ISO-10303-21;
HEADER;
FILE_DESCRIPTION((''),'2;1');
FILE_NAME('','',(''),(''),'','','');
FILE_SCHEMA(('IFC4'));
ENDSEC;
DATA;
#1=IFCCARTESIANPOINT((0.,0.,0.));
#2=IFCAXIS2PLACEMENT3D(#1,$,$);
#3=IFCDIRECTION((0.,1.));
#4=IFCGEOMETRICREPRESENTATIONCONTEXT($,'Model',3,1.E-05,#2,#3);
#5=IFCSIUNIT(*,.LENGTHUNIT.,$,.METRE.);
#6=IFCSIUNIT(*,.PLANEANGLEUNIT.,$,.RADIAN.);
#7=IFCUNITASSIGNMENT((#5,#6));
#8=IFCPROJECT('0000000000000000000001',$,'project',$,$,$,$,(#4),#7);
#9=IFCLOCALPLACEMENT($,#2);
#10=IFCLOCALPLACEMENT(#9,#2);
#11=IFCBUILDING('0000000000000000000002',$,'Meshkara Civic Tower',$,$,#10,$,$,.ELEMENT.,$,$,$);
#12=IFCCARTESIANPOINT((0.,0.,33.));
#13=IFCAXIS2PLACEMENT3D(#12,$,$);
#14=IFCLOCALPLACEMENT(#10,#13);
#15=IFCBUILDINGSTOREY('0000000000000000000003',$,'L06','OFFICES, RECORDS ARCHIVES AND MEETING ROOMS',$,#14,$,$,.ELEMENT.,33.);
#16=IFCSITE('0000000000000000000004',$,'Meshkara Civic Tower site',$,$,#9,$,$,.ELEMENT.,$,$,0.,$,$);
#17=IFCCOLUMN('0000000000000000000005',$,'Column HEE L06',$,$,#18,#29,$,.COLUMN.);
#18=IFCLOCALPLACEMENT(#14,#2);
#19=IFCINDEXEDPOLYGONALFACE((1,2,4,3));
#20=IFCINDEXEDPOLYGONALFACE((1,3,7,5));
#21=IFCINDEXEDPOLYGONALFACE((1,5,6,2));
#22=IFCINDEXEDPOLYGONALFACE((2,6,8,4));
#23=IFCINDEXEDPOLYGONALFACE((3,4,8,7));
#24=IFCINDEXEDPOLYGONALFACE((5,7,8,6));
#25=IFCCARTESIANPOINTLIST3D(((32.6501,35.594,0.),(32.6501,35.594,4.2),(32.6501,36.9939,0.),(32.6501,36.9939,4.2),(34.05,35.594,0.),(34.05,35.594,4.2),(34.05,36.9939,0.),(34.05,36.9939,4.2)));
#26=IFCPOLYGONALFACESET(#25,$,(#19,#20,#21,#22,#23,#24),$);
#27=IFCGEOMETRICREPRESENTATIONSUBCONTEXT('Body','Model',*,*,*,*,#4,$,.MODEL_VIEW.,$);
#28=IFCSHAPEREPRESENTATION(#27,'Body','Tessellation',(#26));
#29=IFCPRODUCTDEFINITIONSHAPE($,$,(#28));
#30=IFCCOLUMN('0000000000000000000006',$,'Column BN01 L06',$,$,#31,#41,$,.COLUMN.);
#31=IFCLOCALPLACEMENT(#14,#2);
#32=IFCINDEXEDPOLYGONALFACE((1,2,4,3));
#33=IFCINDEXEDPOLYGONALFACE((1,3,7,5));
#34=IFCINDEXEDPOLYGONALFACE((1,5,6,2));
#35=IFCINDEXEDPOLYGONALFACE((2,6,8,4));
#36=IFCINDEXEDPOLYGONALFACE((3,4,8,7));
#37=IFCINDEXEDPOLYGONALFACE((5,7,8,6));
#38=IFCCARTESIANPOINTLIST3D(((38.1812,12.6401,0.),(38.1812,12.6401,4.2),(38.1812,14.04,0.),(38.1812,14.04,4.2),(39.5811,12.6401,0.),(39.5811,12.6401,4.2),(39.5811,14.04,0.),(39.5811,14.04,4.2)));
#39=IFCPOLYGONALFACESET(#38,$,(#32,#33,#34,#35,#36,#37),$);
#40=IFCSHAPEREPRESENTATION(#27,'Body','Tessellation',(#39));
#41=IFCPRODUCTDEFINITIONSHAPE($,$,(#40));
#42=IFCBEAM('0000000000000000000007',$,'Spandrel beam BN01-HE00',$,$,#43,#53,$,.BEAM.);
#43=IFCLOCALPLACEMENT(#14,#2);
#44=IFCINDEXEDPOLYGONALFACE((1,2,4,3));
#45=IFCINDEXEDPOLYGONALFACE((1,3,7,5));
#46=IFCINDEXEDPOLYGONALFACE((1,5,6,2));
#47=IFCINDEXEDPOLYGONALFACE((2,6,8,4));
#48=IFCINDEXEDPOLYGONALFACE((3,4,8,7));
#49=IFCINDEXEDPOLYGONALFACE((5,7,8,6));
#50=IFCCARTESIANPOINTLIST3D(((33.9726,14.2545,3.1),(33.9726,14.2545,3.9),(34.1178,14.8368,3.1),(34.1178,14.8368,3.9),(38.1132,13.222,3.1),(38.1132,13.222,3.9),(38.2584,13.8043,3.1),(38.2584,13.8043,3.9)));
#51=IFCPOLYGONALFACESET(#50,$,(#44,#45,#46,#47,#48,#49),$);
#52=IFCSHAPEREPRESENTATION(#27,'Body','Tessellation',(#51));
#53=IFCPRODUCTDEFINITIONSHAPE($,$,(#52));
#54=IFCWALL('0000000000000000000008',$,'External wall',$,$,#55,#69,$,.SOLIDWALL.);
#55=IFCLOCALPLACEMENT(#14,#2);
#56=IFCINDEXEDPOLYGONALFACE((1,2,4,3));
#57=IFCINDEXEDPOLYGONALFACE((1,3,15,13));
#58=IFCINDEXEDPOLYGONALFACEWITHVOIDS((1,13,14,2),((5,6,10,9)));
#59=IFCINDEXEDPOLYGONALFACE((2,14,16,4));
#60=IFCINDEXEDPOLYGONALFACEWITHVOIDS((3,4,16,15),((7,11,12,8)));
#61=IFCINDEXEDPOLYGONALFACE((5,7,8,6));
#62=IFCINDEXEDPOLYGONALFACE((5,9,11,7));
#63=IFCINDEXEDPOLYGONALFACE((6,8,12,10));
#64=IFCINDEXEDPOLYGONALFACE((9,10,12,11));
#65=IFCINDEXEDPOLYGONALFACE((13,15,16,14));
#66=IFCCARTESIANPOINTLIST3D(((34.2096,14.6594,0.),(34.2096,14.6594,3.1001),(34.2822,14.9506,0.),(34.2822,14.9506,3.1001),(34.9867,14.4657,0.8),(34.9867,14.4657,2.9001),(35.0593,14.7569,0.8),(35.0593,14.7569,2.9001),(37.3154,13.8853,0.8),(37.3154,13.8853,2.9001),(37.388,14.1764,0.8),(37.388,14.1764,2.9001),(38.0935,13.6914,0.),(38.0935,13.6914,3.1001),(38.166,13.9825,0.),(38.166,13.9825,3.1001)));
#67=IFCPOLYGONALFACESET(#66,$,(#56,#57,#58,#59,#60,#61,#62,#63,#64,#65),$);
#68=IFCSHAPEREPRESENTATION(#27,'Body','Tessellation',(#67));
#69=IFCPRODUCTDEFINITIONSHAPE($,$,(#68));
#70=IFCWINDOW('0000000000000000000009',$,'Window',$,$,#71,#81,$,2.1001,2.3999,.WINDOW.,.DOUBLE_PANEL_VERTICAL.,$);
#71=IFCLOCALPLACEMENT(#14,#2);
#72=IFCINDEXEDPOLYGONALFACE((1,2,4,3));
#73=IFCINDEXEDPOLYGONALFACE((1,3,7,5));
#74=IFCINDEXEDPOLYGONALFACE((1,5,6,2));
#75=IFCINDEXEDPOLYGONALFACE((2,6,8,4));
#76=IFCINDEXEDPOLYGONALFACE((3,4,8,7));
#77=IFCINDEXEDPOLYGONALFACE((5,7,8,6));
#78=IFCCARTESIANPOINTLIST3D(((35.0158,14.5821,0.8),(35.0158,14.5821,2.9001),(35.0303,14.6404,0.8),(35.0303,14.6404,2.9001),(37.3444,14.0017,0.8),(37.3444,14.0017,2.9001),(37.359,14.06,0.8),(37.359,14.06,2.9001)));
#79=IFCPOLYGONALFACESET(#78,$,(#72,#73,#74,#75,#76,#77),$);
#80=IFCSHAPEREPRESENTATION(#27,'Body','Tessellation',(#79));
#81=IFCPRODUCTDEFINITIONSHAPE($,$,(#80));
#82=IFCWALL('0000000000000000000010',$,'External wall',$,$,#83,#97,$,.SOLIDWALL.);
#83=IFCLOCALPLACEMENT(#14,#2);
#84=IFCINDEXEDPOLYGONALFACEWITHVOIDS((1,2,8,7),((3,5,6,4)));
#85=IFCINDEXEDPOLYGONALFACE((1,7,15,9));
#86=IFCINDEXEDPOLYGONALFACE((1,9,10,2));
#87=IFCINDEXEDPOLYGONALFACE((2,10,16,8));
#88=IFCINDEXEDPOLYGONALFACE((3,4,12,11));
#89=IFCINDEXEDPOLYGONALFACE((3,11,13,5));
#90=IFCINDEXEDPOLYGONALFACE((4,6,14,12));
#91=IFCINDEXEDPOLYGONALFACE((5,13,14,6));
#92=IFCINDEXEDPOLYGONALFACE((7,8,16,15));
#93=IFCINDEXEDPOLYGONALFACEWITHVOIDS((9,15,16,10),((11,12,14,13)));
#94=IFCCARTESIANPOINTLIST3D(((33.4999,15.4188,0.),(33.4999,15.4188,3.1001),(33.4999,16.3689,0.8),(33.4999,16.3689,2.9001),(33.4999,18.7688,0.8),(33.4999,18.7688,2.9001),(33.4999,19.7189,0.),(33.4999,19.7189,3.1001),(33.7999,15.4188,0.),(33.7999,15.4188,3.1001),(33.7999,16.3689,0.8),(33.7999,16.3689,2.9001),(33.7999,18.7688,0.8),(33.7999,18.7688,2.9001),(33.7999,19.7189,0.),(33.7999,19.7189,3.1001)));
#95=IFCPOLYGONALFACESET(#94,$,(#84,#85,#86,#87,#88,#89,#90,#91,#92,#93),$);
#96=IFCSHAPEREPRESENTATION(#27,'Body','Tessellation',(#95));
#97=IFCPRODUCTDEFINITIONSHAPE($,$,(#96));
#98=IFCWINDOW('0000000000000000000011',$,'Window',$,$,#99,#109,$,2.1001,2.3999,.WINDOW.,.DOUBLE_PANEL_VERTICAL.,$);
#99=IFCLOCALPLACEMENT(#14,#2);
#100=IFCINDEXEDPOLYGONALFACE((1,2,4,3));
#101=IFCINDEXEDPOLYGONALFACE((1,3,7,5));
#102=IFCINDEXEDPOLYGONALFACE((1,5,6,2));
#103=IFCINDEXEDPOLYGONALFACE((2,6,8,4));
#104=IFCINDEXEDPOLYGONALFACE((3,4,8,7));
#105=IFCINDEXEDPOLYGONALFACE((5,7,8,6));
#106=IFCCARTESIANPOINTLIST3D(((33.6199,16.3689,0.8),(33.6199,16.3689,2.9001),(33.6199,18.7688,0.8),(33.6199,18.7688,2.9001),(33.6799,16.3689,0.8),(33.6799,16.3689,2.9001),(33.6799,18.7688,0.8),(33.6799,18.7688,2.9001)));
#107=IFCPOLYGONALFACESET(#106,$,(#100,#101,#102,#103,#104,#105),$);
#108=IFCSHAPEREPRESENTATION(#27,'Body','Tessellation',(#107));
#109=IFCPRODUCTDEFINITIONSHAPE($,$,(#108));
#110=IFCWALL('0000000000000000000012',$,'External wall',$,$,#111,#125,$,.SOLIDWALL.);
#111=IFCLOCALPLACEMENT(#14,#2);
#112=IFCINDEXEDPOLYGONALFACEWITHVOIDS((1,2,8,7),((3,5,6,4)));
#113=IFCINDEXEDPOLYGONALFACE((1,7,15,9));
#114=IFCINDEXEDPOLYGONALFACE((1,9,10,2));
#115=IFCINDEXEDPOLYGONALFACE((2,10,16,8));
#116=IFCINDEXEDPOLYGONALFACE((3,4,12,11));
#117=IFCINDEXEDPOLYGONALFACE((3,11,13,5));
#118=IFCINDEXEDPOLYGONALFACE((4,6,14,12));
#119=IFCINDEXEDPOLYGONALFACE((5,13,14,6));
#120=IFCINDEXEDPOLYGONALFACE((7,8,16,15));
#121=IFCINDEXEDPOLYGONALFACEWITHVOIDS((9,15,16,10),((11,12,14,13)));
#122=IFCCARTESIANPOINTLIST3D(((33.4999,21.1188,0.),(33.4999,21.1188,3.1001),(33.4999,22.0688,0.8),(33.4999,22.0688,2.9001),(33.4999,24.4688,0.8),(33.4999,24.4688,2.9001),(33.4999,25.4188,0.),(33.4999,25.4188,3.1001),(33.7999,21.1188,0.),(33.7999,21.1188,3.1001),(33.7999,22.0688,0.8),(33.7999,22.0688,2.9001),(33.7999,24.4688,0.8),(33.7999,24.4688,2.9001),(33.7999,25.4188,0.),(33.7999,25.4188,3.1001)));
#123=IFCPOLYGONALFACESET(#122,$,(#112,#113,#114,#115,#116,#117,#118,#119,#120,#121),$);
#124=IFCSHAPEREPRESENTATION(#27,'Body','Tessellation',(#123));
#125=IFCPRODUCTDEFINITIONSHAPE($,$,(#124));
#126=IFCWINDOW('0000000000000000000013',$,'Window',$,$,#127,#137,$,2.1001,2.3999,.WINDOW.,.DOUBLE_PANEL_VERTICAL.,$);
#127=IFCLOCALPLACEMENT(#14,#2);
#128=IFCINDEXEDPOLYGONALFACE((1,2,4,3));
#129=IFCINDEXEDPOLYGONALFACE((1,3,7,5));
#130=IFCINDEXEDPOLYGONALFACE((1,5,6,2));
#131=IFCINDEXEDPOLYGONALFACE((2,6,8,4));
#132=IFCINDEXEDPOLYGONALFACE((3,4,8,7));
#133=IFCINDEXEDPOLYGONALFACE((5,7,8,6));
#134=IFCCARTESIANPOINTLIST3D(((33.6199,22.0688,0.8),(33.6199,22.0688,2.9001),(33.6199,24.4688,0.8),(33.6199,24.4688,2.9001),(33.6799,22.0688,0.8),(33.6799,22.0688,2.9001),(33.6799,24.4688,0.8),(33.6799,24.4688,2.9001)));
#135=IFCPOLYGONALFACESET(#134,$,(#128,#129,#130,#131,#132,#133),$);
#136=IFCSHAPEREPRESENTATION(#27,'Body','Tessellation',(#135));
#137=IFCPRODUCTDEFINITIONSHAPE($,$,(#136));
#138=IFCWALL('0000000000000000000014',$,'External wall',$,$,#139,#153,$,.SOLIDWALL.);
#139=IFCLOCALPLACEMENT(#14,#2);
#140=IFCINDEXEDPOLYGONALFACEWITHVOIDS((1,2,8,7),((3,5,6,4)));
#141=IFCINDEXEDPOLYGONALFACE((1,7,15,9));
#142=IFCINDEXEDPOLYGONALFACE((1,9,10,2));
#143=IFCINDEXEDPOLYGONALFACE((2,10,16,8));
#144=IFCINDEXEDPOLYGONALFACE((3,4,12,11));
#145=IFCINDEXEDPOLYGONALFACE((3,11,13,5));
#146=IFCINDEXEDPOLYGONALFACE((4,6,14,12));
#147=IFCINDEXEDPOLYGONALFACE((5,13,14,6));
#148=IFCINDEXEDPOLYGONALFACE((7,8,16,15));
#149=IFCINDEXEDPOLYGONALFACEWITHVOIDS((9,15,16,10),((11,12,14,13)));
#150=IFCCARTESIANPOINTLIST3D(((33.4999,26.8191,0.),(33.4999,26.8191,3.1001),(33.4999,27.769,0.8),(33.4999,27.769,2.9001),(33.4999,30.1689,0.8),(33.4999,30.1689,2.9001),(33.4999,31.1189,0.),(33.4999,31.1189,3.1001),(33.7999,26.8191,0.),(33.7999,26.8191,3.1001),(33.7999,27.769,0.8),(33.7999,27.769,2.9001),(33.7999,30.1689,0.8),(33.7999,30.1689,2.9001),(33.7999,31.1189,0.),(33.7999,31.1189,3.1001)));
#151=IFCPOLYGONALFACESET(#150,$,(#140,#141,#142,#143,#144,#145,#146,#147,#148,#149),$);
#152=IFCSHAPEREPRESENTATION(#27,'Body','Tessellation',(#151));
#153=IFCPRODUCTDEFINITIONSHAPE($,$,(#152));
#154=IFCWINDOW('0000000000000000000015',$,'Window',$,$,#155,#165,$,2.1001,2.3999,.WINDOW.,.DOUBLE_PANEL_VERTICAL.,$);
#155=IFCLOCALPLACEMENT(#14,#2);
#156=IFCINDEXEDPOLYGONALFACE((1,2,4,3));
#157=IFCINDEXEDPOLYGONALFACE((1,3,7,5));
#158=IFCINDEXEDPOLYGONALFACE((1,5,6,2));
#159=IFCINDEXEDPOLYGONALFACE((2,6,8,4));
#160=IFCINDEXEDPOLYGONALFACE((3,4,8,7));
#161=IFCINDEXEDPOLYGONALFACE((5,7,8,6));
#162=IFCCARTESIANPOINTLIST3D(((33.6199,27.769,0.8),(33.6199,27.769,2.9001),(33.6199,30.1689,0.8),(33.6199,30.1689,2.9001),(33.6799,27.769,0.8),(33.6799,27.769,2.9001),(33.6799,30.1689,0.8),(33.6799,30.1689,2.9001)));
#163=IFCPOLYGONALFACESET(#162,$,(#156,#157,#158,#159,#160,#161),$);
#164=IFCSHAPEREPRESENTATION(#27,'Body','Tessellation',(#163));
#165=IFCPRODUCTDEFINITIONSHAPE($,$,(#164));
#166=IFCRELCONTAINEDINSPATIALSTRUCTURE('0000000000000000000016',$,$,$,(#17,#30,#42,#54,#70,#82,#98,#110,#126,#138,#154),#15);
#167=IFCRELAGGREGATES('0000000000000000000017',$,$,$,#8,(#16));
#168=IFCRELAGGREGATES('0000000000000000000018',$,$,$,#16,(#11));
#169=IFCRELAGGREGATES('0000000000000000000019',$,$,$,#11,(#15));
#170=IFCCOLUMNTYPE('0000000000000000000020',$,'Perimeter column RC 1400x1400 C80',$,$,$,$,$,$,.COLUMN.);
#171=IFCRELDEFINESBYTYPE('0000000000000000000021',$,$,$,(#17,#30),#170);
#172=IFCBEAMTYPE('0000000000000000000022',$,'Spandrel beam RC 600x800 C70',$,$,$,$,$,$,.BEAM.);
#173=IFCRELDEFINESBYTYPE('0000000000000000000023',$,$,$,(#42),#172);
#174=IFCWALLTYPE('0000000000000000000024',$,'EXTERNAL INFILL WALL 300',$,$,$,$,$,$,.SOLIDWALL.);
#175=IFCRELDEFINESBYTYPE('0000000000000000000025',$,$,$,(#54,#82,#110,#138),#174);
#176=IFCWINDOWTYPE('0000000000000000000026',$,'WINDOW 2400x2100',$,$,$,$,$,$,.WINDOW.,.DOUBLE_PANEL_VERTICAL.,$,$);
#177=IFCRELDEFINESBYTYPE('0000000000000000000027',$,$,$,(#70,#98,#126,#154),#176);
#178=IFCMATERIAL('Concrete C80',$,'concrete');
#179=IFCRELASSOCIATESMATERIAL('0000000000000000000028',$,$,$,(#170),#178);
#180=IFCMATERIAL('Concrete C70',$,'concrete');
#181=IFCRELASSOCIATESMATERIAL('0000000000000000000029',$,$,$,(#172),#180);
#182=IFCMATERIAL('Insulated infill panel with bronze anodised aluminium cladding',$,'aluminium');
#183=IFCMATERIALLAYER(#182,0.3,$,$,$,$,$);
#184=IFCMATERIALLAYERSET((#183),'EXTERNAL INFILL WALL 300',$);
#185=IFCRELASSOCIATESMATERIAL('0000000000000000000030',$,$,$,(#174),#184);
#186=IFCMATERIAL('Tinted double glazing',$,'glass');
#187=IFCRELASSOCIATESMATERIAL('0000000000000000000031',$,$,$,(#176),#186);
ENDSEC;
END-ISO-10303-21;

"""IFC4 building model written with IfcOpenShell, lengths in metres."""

from ifc_helpers import new_model, si_unit, direction, frame, frame_2d, origin, origin_2d, place, context, subcontext, project, spatial, rectangle, extrude, material, layer, layer_set, material_profile, profile_set, type_object, element, fill, save


model = new_model("IFC4")

# Units and contexts
model_context = context("Model", 3, precision=1e-05, world=origin(), true_north=direction((0.0, 1.0)))
body_context = subcontext(model_context, "Body", "Model", "MODEL_VIEW")
ifc_project = project(units=[si_unit("LENGTHUNIT", "METRE"), si_unit("PLANEANGLEUNIT", "RADIAN")], contexts=[model_context])

# Site, building, storey
site_placement = place(None, origin())
site = spatial("IfcSite", under=ifc_project, at=site_placement, Name="Meshkara Civic Tower site", CompositionType="ELEMENT", RefElevation=0.0)
building_placement = place(site_placement, origin())
building = spatial("IfcBuilding", under=site, at=building_placement, Name="Meshkara Civic Tower", CompositionType="ELEMENT")
storey_placement = place(building_placement, frame((0.0, 0.0, 33.0)))
storey = spatial("IfcBuildingStorey", under=building, at=storey_placement, Name="L06", Description="OFFICES, RECORDS ARCHIVES AND MEETING ROOMS", CompositionType="ELEMENT", Elevation=33.0)

# Columns
ifc_material_1 = material(Name="Concrete C80", Category="concrete")
ifc_material_profile_1 = material_profile(ifc_material_1, rectangle(XDim=1.3999, YDim=1.3999, at=origin_2d()))
ifc_profile_set_1 = profile_set([ifc_material_profile_1], Name="Concrete C80")
column_type = type_object("IfcColumnType", Name="Perimeter column RC 1400x1400 C80", PredefinedType="COLUMN", material=ifc_profile_set_1)
for number, where, z_axis, x_axis, name in (
    (1, (33.3501, 36.2939, 0.0), (0.0, 0.0, 1.0), (1.0, 0.0, 0.0), "Column HEE L06"),
    (2, (38.8811, 13.3401, 0.0), (0.0, 0.0, 1.0), (1.0, 0.0, 0.0), "Column BN01 L06"),
):
    element("IfcColumn", number, at=place(storey_placement, frame(where, z_axis=z_axis, x_axis=x_axis)), inside=storey, type_object=column_type, Name=name, PredefinedType="COLUMN", context=body_context, shape_type="SweptSolid", body=[
        extrude(rectangle(XDim=1.3999, YDim=1.3999, at=origin_2d()), origin(), (0.0, 0.0, 1.0), 4.2),
    ])

# Beam
ifc_material_2 = material(Name="Concrete C70", Category="concrete")
ifc_material_profile_2 = material_profile(ifc_material_2, rectangle(XDim=0.6001, YDim=0.8, at=origin_2d()))
ifc_profile_set_2 = profile_set([ifc_material_profile_2], Name="Concrete C70")
beam_type = type_object("IfcBeamType", Name="Spandrel beam RC 600x800 C70", PredefinedType="BEAM", material=ifc_profile_set_2)
beam_placement = place(storey_placement, frame((38.1858, 13.5132, 3.5), z_axis=(-0.97029, 0.241943, 0.0), x_axis=(-0.241943, -0.97029, 0.0)))
element("IfcBeam", 3, at=beam_placement, inside=storey, type_object=beam_type, Name="Spandrel beam BN01-HE00", PredefinedType="BEAM", context=body_context, shape_type="SweptSolid", body=[
    extrude(rectangle(XDim=0.6001, YDim=0.8, at=origin_2d()), origin(), (0.0, 0.0, 1.0), 4.2673),
])

# Walls, openings, windows
ifc_material_3 = material(Name="Insulated infill panel with bronze anodised aluminium cladding", Category="aluminium")
ifc_layer_1 = layer(ifc_material_3, 0.3)
ifc_layer_set_1 = layer_set([ifc_layer_1], Name="EXTERNAL INFILL WALL 300")
wall_type_1 = type_object("IfcWallType", Name="EXTERNAL INFILL WALL 300", PredefinedType="SOLIDWALL", material=ifc_layer_set_1)
wall_1_placement = place(storey_placement, frame((38.1299, 13.8369, 0.0), z_axis=(0.0, 0.0, 1.0), x_axis=(-0.970314, 0.241847, 0.0)))
wall_1 = element("IfcWall", 4, at=wall_1_placement, inside=storey, type_object=wall_type_1, Name="External wall", PredefinedType="SOLIDWALL", context=body_context, shape_type="SweptSolid", body=[
    extrude(rectangle(XDim=4.0027, YDim=0.3, at=frame_2d((2.0015, 0.0))), origin(), (0.0, 0.0, 1.0), 3.1001),
])
opening_1_placement = place(wall_1_placement, frame((0.802, 0.0, 0.8)))
opening_1 = element("IfcOpeningElement", 5, at=opening_1_placement, cuts=wall_1, PredefinedType="OPENING", context=body_context, shape_type="SweptSolid", body=[
    extrude(rectangle(XDim=2.3999, YDim=2.1001, at=frame_2d((1.2, 1.05))), frame((0.0, 0.1599, 0.0), z_axis=(0.0, -1.0, 0.0), x_axis=(1.0, 0.0, 0.0)), (0.0, 0.0, 1.0), 0.3201),
])
ifc_material_4 = material(Name="Tinted double glazing", Category="glass")
window_type = type_object("IfcWindowType", Name="WINDOW 2400x2100", PartitioningType="DOUBLE_PANEL_VERTICAL", PredefinedType="WINDOW", material=ifc_material_4)
window_1_placement = place(opening_1_placement, origin())
window_1 = element("IfcWindow", 6, at=window_1_placement, inside=storey, type_object=window_type, Name="Window", OverallHeight=2.1001, OverallWidth=2.3999, PartitioningType="DOUBLE_PANEL_VERTICAL", PredefinedType="WINDOW", context=body_context, shape_type="SweptSolid", body=[
    extrude(rectangle(XDim=2.3999, YDim=2.1001, at=frame_2d((1.2, 1.05))), frame((0.0, 0.03, 0.0), z_axis=(0.0, -1.0, 0.0), x_axis=(1.0, 0.0, 0.0)), (0.0, 0.0, 1.0), 0.0601),
])
fill(opening_1, window_1)
wall_2_placement = place(storey_placement, frame((33.6499, 15.4189, 0.0), z_axis=(0.0, 0.0, 1.0), x_axis=(0.0, 1.0, 0.0)))
wall_2 = element("IfcWall", 7, at=wall_2_placement, inside=storey, type_object=wall_type_1, Name="External wall", PredefinedType="SOLIDWALL", context=body_context, shape_type="SweptSolid", body=[
    extrude(rectangle(XDim=4.3, YDim=0.3, at=frame_2d((2.1499, 0.0))), origin(), (0.0, 0.0, 1.0), 3.1001),
])
opening_2_placement = place(wall_2_placement, frame((0.95, 0.0, 0.8)))
opening_2 = element("IfcOpeningElement", 8, at=opening_2_placement, cuts=wall_2, PredefinedType="OPENING", context=body_context, shape_type="SweptSolid", body=[
    extrude(rectangle(XDim=2.3999, YDim=2.1001, at=frame_2d((1.2, 1.05))), frame((0.0, 0.1599, 0.0), z_axis=(0.0, -1.0, 0.0), x_axis=(1.0, 0.0, 0.0)), (0.0, 0.0, 1.0), 0.3201),
])
window_2_placement = place(opening_2_placement, origin())
window_2 = element("IfcWindow", 9, at=window_2_placement, inside=storey, type_object=window_type, Name="Window", OverallHeight=2.1001, OverallWidth=2.3999, PartitioningType="DOUBLE_PANEL_VERTICAL", PredefinedType="WINDOW", context=body_context, shape_type="SweptSolid", body=[
    extrude(rectangle(XDim=2.3999, YDim=2.1001, at=frame_2d((1.2, 1.05))), frame((0.0, 0.03, 0.0), z_axis=(0.0, -1.0, 0.0), x_axis=(1.0, 0.0, 0.0)), (0.0, 0.0, 1.0), 0.0601),
])
fill(opening_2, window_2)
wall_3_placement = place(storey_placement, frame((33.6499, 21.1189, 0.0), z_axis=(0.0, 0.0, 1.0), x_axis=(0.0, 1.0, 0.0)))
wall_3 = element("IfcWall", 10, at=wall_3_placement, inside=storey, type_object=wall_type_1, Name="External wall", PredefinedType="SOLIDWALL", context=body_context, shape_type="SweptSolid", body=[
    extrude(rectangle(XDim=4.3, YDim=0.3, at=frame_2d((2.1499, 0.0))), origin(), (0.0, 0.0, 1.0), 3.1001),
])
opening_3_placement = place(wall_3_placement, frame((0.95, 0.0, 0.8)))
opening_3 = element("IfcOpeningElement", 11, at=opening_3_placement, cuts=wall_3, PredefinedType="OPENING", context=body_context, shape_type="SweptSolid", body=[
    extrude(rectangle(XDim=2.3999, YDim=2.1001, at=frame_2d((1.2, 1.05))), frame((0.0, 0.1599, 0.0), z_axis=(0.0, -1.0, 0.0), x_axis=(1.0, 0.0, 0.0)), (0.0, 0.0, 1.0), 0.3201),
])
window_3_placement = place(opening_3_placement, origin())
window_3 = element("IfcWindow", 12, at=window_3_placement, inside=storey, type_object=window_type, Name="Window", OverallHeight=2.1001, OverallWidth=2.3999, PartitioningType="DOUBLE_PANEL_VERTICAL", PredefinedType="WINDOW", context=body_context, shape_type="SweptSolid", body=[
    extrude(rectangle(XDim=2.3999, YDim=2.1001, at=frame_2d((1.2, 1.05))), frame((0.0, 0.03, 0.0), z_axis=(0.0, -1.0, 0.0), x_axis=(1.0, 0.0, 0.0)), (0.0, 0.0, 1.0), 0.0601),
])
fill(opening_3, window_3)
wall_4_placement = place(storey_placement, frame((33.6499, 26.8191, 0.0), z_axis=(0.0, 0.0, 1.0), x_axis=(0.0, 1.0, 0.0)))
wall_4 = element("IfcWall", 13, at=wall_4_placement, inside=storey, type_object=wall_type_1, Name="External wall", PredefinedType="SOLIDWALL", context=body_context, shape_type="SweptSolid", body=[
    extrude(rectangle(XDim=4.2998, YDim=0.3, at=frame_2d((2.1499, 0.0))), origin(), (0.0, 0.0, 1.0), 3.1001),
])
opening_4_placement = place(wall_4_placement, frame((0.95, 0.0, 0.8)))
opening_4 = element("IfcOpeningElement", 14, at=opening_4_placement, cuts=wall_4, PredefinedType="OPENING", context=body_context, shape_type="SweptSolid", body=[
    extrude(rectangle(XDim=2.3999, YDim=2.1001, at=frame_2d((1.2, 1.05))), frame((0.0, 0.1599, 0.0), z_axis=(0.0, -1.0, 0.0), x_axis=(1.0, 0.0, 0.0)), (0.0, 0.0, 1.0), 0.3201),
])
window_4_placement = place(opening_4_placement, origin())
window_4 = element("IfcWindow", 15, at=window_4_placement, inside=storey, type_object=window_type, Name="Window", OverallHeight=2.1001, OverallWidth=2.3999, PartitioningType="DOUBLE_PANEL_VERTICAL", PredefinedType="WINDOW", context=body_context, shape_type="SweptSolid", body=[
    extrude(rectangle(XDim=2.3999, YDim=2.1001, at=frame_2d((1.2, 1.05))), frame((0.0, 0.03, 0.0), z_axis=(0.0, -1.0, 0.0), x_axis=(1.0, 0.0, 0.0)), (0.0, 0.0, 1.0), 0.0601),
])
fill(opening_4, window_4)

save(model, "model.ifc")
